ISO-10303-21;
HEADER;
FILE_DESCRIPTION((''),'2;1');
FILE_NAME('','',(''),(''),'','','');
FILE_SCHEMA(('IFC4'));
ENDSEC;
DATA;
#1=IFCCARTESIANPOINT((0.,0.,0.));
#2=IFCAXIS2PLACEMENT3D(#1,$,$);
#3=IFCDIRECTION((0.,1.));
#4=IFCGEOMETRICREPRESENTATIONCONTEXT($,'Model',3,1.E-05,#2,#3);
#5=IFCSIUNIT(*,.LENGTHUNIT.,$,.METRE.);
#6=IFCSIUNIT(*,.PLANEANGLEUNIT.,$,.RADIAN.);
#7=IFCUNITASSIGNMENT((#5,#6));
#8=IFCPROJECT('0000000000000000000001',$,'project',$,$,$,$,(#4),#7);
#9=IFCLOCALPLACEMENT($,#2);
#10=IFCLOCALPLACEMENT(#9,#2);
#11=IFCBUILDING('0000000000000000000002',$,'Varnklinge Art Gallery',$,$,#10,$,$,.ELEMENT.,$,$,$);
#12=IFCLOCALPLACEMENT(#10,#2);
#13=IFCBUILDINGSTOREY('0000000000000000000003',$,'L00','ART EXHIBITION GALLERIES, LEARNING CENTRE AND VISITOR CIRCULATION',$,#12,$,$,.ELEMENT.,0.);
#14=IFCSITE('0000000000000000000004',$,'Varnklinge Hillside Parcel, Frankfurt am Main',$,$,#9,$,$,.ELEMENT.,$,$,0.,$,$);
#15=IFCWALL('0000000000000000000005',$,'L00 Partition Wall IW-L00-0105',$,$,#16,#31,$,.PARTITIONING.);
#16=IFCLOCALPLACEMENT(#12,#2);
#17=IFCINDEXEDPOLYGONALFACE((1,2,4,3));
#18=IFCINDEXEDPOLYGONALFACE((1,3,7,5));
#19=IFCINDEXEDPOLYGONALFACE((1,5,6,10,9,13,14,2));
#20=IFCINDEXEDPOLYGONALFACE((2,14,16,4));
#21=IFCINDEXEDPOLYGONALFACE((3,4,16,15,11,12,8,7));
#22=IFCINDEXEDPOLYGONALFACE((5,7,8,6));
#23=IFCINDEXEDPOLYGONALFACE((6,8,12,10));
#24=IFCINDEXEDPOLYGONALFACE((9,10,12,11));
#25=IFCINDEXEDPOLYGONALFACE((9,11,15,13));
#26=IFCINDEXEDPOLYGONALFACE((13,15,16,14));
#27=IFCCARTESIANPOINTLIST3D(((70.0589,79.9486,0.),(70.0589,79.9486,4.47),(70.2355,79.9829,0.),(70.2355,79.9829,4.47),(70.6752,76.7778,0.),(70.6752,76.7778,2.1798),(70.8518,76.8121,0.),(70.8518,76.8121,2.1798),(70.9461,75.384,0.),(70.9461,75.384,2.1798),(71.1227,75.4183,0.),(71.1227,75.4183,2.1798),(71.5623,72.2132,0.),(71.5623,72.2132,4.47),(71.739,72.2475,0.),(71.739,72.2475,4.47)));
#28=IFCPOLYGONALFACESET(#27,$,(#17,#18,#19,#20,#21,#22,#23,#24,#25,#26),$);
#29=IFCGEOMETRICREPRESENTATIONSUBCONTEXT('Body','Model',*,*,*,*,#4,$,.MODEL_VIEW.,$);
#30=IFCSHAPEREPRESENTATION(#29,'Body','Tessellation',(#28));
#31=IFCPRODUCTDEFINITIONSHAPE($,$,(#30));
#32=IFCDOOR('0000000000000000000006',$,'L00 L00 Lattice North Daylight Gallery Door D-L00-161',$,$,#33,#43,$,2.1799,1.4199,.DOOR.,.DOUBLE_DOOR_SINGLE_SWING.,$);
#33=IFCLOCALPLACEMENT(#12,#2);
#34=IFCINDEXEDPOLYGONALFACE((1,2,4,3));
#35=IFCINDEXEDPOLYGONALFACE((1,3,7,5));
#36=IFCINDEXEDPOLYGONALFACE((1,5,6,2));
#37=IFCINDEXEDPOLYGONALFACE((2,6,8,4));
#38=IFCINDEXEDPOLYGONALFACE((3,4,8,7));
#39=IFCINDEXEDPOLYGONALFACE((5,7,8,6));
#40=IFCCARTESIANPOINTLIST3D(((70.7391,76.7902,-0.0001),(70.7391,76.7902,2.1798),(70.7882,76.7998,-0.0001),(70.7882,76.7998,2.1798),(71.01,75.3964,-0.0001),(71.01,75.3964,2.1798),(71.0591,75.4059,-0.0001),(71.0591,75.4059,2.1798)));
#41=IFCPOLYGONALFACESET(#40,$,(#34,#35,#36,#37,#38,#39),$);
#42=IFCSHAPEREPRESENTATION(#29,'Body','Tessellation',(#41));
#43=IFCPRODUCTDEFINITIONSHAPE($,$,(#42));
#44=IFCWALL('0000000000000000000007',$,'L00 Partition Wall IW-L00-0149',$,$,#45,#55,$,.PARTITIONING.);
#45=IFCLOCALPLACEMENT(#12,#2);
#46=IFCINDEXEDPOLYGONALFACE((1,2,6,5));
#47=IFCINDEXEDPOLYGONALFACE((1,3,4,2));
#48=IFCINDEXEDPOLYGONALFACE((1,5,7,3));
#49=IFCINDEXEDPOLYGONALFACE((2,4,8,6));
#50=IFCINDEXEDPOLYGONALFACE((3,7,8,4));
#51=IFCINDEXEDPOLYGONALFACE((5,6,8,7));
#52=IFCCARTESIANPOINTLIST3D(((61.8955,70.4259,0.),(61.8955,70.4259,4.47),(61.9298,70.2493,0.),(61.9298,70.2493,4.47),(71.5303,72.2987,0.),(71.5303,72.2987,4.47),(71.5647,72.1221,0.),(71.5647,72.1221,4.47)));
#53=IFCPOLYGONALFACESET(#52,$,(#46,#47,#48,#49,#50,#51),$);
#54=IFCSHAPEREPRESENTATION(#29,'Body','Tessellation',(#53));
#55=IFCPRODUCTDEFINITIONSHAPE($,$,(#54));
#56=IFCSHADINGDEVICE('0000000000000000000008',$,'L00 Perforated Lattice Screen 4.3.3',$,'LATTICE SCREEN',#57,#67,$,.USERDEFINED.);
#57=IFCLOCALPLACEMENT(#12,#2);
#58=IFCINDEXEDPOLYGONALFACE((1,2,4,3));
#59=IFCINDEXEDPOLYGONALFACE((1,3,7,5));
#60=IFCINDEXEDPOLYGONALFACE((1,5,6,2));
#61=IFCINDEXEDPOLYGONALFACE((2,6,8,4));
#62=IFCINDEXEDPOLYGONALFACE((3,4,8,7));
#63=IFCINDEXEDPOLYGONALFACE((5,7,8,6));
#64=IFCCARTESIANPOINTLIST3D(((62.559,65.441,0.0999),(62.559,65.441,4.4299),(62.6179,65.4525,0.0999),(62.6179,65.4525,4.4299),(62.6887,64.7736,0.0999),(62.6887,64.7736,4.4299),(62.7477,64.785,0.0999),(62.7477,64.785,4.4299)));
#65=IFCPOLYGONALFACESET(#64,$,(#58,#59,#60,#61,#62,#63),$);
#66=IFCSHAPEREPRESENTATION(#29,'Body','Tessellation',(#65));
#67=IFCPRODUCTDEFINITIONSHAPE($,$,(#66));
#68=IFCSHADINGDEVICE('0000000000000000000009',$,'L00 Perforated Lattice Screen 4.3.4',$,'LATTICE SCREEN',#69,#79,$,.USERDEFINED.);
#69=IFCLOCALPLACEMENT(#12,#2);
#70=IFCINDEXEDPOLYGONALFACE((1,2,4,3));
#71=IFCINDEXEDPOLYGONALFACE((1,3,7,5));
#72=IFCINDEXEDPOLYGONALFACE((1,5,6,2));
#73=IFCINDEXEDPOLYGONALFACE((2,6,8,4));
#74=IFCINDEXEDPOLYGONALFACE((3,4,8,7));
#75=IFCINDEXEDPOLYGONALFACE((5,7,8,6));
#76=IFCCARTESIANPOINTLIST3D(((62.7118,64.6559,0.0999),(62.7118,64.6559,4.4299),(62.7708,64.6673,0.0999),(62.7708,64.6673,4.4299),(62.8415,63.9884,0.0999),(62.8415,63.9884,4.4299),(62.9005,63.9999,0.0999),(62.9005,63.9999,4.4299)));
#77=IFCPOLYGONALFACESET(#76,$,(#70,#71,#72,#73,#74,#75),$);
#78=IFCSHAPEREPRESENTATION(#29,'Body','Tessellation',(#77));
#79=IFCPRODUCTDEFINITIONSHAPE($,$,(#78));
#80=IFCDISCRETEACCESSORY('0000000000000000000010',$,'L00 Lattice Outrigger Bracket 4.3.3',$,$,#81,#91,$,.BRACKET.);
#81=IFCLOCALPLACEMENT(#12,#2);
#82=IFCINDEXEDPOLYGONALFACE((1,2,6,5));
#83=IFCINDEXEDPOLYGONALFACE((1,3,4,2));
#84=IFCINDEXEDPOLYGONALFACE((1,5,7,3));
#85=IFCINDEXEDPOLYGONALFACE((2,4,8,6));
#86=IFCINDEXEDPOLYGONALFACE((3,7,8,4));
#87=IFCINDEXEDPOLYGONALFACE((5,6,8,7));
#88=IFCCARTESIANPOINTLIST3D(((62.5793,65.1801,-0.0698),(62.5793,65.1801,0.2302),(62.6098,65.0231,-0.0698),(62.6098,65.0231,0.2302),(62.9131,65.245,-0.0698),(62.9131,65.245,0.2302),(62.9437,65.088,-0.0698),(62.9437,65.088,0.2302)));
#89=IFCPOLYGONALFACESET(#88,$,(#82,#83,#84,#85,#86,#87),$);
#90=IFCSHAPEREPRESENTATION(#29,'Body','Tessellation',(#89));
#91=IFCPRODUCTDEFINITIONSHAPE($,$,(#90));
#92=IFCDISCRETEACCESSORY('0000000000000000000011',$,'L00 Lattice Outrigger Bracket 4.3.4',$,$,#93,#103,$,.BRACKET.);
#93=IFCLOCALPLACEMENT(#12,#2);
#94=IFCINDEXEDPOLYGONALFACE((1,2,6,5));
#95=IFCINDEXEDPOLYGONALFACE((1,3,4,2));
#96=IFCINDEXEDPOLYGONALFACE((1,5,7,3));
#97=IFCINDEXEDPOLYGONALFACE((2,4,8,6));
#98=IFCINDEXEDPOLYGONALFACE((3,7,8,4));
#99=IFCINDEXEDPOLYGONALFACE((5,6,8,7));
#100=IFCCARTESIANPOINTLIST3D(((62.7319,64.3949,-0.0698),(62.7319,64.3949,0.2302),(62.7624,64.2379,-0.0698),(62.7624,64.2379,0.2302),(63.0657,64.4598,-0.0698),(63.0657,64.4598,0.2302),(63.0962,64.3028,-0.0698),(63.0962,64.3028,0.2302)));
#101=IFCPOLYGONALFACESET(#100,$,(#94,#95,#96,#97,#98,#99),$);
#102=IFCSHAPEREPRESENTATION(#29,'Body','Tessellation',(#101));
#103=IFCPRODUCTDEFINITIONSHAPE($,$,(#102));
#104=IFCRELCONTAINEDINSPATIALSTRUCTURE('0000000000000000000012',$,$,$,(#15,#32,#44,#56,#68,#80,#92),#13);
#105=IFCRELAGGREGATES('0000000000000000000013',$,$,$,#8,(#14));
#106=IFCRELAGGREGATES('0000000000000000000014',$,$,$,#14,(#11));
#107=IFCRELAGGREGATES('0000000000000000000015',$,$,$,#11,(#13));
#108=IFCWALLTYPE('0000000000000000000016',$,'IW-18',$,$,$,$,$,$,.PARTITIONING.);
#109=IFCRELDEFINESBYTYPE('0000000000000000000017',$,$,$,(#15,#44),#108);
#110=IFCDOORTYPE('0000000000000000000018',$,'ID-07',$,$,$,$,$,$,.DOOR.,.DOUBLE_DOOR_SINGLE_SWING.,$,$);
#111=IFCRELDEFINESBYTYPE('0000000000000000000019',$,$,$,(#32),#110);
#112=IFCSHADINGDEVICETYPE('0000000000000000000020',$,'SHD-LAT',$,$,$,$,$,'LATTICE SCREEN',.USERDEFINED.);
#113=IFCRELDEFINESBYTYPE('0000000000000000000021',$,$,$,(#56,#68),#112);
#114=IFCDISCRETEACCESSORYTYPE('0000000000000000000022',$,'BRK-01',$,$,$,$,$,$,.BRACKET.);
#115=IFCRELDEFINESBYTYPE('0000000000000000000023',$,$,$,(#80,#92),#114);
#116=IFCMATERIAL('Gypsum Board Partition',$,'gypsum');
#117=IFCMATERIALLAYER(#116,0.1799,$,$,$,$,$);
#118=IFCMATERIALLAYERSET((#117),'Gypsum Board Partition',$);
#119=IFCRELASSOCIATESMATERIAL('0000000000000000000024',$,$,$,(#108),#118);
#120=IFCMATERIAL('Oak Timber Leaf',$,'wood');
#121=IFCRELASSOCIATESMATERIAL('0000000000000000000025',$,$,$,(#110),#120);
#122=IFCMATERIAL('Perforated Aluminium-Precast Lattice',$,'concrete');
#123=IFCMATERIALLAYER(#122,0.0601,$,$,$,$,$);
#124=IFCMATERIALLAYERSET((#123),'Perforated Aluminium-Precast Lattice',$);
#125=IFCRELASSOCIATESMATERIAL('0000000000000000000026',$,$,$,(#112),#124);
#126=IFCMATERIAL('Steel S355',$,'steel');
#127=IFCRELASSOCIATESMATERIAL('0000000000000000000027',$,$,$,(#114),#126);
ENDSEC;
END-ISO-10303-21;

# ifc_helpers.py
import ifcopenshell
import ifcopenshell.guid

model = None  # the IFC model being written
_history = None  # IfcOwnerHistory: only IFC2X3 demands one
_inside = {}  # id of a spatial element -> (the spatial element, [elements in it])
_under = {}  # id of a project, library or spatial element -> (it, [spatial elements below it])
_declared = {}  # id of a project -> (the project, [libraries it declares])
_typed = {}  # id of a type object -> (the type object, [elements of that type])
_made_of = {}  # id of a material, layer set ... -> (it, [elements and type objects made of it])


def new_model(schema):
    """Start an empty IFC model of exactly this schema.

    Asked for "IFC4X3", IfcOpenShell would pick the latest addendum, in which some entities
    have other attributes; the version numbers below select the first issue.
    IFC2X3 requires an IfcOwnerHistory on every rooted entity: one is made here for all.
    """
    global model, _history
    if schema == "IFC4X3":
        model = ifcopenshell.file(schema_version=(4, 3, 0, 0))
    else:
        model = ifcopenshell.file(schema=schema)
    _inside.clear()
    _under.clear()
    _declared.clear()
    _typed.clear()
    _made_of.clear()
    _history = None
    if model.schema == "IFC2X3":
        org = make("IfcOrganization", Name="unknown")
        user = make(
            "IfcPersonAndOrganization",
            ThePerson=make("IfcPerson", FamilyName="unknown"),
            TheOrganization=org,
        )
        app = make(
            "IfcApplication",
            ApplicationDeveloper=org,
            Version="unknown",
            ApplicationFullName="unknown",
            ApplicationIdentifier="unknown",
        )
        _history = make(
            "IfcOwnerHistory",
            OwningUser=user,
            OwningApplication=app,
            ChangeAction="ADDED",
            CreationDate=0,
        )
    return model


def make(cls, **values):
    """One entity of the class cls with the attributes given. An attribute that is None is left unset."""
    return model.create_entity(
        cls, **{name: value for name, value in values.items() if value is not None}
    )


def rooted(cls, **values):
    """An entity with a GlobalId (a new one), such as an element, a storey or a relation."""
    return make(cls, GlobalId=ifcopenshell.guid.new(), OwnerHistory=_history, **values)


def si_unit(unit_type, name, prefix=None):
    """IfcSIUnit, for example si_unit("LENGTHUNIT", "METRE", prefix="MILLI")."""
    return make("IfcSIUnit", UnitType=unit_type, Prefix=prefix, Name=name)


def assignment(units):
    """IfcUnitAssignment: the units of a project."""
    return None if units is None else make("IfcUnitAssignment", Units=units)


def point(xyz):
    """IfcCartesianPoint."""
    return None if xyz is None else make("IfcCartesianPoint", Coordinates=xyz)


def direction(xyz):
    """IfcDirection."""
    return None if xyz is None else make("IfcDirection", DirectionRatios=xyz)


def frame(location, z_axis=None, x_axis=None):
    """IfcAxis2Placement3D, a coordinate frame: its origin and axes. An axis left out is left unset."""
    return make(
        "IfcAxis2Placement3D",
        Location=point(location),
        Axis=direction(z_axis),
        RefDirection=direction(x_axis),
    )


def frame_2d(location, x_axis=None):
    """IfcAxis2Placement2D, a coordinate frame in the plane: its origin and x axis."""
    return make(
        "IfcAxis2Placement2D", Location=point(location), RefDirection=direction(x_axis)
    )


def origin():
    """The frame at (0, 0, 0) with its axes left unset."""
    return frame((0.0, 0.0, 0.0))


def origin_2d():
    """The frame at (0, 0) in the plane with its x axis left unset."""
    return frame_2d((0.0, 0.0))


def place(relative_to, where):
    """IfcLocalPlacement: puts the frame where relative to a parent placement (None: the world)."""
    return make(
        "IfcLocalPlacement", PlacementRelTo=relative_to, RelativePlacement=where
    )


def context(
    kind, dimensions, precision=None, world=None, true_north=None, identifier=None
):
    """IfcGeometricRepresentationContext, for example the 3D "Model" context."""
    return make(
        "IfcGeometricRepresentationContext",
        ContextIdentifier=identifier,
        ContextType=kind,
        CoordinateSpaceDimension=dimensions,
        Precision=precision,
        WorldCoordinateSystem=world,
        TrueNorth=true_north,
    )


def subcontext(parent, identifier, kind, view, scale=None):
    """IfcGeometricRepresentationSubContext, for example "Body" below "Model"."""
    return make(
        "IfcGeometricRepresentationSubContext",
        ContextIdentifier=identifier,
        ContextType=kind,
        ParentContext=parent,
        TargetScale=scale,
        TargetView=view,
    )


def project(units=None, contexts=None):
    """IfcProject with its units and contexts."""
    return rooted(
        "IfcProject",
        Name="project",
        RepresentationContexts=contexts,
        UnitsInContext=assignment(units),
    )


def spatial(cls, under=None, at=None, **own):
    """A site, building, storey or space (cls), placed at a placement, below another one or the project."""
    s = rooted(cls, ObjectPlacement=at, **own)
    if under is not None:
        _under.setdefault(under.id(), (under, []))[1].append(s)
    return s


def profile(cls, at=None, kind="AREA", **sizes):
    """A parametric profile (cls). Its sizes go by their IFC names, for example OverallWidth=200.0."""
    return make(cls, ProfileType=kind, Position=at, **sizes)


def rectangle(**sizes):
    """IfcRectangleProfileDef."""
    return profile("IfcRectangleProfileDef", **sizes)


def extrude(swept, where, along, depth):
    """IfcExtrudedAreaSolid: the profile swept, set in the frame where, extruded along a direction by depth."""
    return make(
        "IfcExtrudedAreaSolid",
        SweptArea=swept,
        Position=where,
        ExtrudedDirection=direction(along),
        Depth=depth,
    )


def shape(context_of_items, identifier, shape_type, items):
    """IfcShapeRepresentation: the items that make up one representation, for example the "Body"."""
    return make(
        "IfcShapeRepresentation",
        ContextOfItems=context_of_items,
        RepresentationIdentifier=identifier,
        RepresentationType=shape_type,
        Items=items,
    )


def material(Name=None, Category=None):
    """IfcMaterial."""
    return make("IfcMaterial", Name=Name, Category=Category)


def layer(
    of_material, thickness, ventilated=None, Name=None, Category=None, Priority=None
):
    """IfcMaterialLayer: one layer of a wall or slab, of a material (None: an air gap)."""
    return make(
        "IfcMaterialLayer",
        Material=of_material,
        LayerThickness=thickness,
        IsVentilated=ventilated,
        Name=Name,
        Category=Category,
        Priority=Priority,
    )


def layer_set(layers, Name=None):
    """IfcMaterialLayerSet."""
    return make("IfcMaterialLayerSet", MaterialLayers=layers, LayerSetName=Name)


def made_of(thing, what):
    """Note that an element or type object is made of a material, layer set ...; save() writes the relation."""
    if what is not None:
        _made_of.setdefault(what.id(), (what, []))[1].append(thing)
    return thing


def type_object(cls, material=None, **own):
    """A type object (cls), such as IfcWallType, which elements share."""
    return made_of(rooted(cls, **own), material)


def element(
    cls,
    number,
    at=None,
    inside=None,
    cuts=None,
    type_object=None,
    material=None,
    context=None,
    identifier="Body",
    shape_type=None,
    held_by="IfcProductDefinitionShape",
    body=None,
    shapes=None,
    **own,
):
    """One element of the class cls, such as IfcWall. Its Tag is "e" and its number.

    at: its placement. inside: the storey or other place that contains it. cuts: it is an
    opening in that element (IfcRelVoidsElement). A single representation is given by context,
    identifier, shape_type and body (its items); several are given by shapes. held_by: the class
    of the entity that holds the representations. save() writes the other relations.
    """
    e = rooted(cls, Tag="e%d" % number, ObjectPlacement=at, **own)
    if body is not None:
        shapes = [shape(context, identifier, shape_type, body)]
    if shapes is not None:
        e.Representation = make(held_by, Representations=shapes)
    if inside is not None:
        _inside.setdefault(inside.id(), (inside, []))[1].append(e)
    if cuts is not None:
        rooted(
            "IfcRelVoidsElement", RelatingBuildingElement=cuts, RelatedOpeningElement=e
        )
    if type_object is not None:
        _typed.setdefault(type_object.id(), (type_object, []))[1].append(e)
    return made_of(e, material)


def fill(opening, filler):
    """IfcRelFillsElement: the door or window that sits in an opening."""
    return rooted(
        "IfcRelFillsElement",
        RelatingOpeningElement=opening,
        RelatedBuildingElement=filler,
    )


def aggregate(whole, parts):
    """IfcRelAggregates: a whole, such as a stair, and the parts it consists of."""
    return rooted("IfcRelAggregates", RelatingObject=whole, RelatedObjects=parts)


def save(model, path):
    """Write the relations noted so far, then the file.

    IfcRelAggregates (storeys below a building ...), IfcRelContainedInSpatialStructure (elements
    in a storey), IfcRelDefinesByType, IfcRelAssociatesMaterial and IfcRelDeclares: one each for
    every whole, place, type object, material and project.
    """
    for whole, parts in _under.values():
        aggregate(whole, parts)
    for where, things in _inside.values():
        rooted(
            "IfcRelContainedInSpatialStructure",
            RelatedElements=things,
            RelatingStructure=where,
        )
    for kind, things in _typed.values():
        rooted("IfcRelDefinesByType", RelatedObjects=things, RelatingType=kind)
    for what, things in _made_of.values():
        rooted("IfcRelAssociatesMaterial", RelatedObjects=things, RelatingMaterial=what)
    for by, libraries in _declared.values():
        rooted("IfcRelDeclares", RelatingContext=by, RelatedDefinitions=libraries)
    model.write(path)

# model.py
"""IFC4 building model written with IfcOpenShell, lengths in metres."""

from ifc_helpers import new_model, si_unit, direction, frame, frame_2d, origin, origin_2d, place, context, subcontext, project, spatial, rectangle, extrude, material, layer, layer_set, type_object, element, fill, save


model = new_model("IFC4")

# Units and contexts
model_context = context("Model", 3, precision=1e-05, world=origin(), true_north=direction((0.0, 1.0)))
body_context = subcontext(model_context, "Body", "Model", "MODEL_VIEW")
ifc_project = project(units=[si_unit("LENGTHUNIT", "METRE"), si_unit("PLANEANGLEUNIT", "RADIAN")], contexts=[model_context])

# Site, building, storey
site_placement = place(None, origin())
site = spatial("IfcSite", under=ifc_project, at=site_placement, Name="Varnklinge Hillside Parcel, Frankfurt am Main", CompositionType="ELEMENT", RefElevation=0.0)
building_placement = place(site_placement, origin())
building = spatial("IfcBuilding", under=site, at=building_placement, Name="Varnklinge Art Gallery", CompositionType="ELEMENT")
storey_placement = place(building_placement, origin())
storey = spatial("IfcBuildingStorey", under=building, at=storey_placement, Name="L00", Description="ART EXHIBITION GALLERIES, LEARNING CENTRE AND VISITOR CIRCULATION", CompositionType="ELEMENT", Elevation=0.0)

# Wall, opening, door
ifc_material_1 = material(Name="Gypsum Board Partition", Category="gypsum")
ifc_layer_1 = layer(ifc_material_1, 0.1799)
ifc_layer_set_1 = layer_set([ifc_layer_1], Name="Gypsum Board Partition")
wall_type = type_object("IfcWallType", Name="IW-18", PredefinedType="PARTITIONING", material=ifc_layer_set_1)
wall_1_placement = place(storey_placement, frame((71.6506, 72.2305, 0.0), z_axis=(0.0, 0.0, 1.0), x_axis=(-0.190787, 0.981632, 0.0)))
wall_1 = element("IfcWall", 1, at=wall_1_placement, inside=storey, type_object=wall_type, Name="L00 Partition Wall IW-L00-0105", PredefinedType="PARTITIONING", context=body_context, shape_type="SweptSolid", body=[
    extrude(rectangle(XDim=7.8801, YDim=0.1799, at=frame_2d((3.9399, 0.0))), origin(), (0.0, 0.0, 1.0), 4.47),
])
opening_placement = place(wall_1_placement, frame((3.23, 0.0, 0.0)))
opening = element("IfcOpeningElement", 2, at=opening_placement, cuts=wall_1, PredefinedType="OPENING", context=body_context, shape_type="SweptSolid", body=[
    extrude(rectangle(XDim=1.4199, YDim=2.1799, at=frame_2d((0.71, 1.0898))), frame((0.0, 0.0999, 0.0), z_axis=(0.0, -1.0, 0.0), x_axis=(1.0, 0.0, 0.0)), (0.0, 0.0, 1.0), 0.2),
])
ifc_material_2 = material(Name="Oak Timber Leaf", Category="wood")
door_type = type_object("IfcDoorType", Name="ID-07", OperationType="DOUBLE_DOOR_SINGLE_SWING", PredefinedType="DOOR", material=ifc_material_2)
door_placement = place(opening_placement, origin())
door = element("IfcDoor", 3, at=door_placement, inside=storey, type_object=door_type, Name="L00 L00 Lattice North Daylight Gallery Door D-L00-161", OperationType="DOUBLE_DOOR_SINGLE_SWING", OverallHeight=2.1799, OverallWidth=1.4199, PredefinedType="DOOR", context=body_context, shape_type="SweptSolid", body=[
    extrude(rectangle(XDim=1.4199, YDim=2.1799, at=frame_2d((0.71, 1.0898))), frame((0.0, 0.0249, 0.0), z_axis=(0.0, -1.0, 0.0), x_axis=(1.0, 0.0, 0.0)), (0.0, 0.0, 1.0), 0.05),
])
fill(opening, door)

# Wall
wall_2_placement = place(storey_placement, frame((71.5476, 72.2104, 0.0), z_axis=(0.0, 0.0, 1.0), x_axis=(-0.981627, -0.190808, 0.0)))
element("IfcWall", 4, at=wall_2_placement, inside=storey, type_object=wall_type, Name="L00 Partition Wall IW-L00-0149", PredefinedType="PARTITIONING", context=body_context, shape_type="SweptSolid", body=[
    extrude(rectangle(XDim=9.8152, YDim=0.1799, at=frame_2d((4.9077, 0.0))), origin(), (0.0, 0.0, 1.0), 4.47),
])

# Shading devices
ifc_material_3 = material(Name="Perforated Aluminium-Precast Lattice", Category="concrete")
ifc_layer_2 = layer(ifc_material_3, 0.0601)
ifc_layer_set_2 = layer_set([ifc_layer_2], Name="Perforated Aluminium-Precast Lattice")
shading_device_type = type_object("IfcShadingDeviceType", Name="SHD-LAT", ElementType="LATTICE SCREEN", PredefinedType="USERDEFINED", material=ifc_layer_set_2)
for number, where, z_axis, x_axis, name in (
    (5, (62.6533, 65.113, 0.0999), (0.0, 0.0, 1.0), (0.190809, -0.981627, 0.0), "L00 Perforated Lattice Screen 4.3.3"),
    (6, (62.8062, 64.3279, 0.0999), (0.0, 0.0, 1.0), (0.190809, -0.981627, 0.0), "L00 Perforated Lattice Screen 4.3.4"),
):
    element("IfcShadingDevice", number, at=place(storey_placement, frame(where, z_axis=z_axis, x_axis=x_axis)), inside=storey, type_object=shading_device_type, Name=name, ObjectType="LATTICE SCREEN", PredefinedType="USERDEFINED", context=body_context, shape_type="SweptSolid", body=[
        extrude(rectangle(XDim=0.6799, YDim=0.0601, at=origin_2d()), origin(), (0.0, 0.0, 1.0), 4.3301),
    ])

# Discrete accessories
ifc_material_4 = material(Name="Steel S355", Category="steel")
discrete_accessory_type = type_object("IfcDiscreteAccessoryType", Name="BRK-01", PredefinedType="BRACKET", material=ifc_material_4)
for number, where, z_axis, x_axis, name in (
    (7, (62.7615, 65.134, -0.0698), (0.0, 0.0, 1.0), (0.190809, -0.981627, 0.0), "L00 Lattice Outrigger Bracket 4.3.3"),
    (8, (62.9141, 64.3489, -0.0698), (0.0, 0.0, 1.0), (0.190809, -0.981627, 0.0), "L00 Lattice Outrigger Bracket 4.3.4"),
):
    element("IfcDiscreteAccessory", number, at=place(storey_placement, frame(where, z_axis=z_axis, x_axis=x_axis)), inside=storey, type_object=discrete_accessory_type, Name=name, PredefinedType="BRACKET", context=body_context, shape_type="SweptSolid", body=[
        extrude(rectangle(XDim=0.1599, YDim=0.3401, at=origin_2d()), origin(), (0.0, 0.0, 1.0), 0.3),
    ])

save(model, "model.ifc")
